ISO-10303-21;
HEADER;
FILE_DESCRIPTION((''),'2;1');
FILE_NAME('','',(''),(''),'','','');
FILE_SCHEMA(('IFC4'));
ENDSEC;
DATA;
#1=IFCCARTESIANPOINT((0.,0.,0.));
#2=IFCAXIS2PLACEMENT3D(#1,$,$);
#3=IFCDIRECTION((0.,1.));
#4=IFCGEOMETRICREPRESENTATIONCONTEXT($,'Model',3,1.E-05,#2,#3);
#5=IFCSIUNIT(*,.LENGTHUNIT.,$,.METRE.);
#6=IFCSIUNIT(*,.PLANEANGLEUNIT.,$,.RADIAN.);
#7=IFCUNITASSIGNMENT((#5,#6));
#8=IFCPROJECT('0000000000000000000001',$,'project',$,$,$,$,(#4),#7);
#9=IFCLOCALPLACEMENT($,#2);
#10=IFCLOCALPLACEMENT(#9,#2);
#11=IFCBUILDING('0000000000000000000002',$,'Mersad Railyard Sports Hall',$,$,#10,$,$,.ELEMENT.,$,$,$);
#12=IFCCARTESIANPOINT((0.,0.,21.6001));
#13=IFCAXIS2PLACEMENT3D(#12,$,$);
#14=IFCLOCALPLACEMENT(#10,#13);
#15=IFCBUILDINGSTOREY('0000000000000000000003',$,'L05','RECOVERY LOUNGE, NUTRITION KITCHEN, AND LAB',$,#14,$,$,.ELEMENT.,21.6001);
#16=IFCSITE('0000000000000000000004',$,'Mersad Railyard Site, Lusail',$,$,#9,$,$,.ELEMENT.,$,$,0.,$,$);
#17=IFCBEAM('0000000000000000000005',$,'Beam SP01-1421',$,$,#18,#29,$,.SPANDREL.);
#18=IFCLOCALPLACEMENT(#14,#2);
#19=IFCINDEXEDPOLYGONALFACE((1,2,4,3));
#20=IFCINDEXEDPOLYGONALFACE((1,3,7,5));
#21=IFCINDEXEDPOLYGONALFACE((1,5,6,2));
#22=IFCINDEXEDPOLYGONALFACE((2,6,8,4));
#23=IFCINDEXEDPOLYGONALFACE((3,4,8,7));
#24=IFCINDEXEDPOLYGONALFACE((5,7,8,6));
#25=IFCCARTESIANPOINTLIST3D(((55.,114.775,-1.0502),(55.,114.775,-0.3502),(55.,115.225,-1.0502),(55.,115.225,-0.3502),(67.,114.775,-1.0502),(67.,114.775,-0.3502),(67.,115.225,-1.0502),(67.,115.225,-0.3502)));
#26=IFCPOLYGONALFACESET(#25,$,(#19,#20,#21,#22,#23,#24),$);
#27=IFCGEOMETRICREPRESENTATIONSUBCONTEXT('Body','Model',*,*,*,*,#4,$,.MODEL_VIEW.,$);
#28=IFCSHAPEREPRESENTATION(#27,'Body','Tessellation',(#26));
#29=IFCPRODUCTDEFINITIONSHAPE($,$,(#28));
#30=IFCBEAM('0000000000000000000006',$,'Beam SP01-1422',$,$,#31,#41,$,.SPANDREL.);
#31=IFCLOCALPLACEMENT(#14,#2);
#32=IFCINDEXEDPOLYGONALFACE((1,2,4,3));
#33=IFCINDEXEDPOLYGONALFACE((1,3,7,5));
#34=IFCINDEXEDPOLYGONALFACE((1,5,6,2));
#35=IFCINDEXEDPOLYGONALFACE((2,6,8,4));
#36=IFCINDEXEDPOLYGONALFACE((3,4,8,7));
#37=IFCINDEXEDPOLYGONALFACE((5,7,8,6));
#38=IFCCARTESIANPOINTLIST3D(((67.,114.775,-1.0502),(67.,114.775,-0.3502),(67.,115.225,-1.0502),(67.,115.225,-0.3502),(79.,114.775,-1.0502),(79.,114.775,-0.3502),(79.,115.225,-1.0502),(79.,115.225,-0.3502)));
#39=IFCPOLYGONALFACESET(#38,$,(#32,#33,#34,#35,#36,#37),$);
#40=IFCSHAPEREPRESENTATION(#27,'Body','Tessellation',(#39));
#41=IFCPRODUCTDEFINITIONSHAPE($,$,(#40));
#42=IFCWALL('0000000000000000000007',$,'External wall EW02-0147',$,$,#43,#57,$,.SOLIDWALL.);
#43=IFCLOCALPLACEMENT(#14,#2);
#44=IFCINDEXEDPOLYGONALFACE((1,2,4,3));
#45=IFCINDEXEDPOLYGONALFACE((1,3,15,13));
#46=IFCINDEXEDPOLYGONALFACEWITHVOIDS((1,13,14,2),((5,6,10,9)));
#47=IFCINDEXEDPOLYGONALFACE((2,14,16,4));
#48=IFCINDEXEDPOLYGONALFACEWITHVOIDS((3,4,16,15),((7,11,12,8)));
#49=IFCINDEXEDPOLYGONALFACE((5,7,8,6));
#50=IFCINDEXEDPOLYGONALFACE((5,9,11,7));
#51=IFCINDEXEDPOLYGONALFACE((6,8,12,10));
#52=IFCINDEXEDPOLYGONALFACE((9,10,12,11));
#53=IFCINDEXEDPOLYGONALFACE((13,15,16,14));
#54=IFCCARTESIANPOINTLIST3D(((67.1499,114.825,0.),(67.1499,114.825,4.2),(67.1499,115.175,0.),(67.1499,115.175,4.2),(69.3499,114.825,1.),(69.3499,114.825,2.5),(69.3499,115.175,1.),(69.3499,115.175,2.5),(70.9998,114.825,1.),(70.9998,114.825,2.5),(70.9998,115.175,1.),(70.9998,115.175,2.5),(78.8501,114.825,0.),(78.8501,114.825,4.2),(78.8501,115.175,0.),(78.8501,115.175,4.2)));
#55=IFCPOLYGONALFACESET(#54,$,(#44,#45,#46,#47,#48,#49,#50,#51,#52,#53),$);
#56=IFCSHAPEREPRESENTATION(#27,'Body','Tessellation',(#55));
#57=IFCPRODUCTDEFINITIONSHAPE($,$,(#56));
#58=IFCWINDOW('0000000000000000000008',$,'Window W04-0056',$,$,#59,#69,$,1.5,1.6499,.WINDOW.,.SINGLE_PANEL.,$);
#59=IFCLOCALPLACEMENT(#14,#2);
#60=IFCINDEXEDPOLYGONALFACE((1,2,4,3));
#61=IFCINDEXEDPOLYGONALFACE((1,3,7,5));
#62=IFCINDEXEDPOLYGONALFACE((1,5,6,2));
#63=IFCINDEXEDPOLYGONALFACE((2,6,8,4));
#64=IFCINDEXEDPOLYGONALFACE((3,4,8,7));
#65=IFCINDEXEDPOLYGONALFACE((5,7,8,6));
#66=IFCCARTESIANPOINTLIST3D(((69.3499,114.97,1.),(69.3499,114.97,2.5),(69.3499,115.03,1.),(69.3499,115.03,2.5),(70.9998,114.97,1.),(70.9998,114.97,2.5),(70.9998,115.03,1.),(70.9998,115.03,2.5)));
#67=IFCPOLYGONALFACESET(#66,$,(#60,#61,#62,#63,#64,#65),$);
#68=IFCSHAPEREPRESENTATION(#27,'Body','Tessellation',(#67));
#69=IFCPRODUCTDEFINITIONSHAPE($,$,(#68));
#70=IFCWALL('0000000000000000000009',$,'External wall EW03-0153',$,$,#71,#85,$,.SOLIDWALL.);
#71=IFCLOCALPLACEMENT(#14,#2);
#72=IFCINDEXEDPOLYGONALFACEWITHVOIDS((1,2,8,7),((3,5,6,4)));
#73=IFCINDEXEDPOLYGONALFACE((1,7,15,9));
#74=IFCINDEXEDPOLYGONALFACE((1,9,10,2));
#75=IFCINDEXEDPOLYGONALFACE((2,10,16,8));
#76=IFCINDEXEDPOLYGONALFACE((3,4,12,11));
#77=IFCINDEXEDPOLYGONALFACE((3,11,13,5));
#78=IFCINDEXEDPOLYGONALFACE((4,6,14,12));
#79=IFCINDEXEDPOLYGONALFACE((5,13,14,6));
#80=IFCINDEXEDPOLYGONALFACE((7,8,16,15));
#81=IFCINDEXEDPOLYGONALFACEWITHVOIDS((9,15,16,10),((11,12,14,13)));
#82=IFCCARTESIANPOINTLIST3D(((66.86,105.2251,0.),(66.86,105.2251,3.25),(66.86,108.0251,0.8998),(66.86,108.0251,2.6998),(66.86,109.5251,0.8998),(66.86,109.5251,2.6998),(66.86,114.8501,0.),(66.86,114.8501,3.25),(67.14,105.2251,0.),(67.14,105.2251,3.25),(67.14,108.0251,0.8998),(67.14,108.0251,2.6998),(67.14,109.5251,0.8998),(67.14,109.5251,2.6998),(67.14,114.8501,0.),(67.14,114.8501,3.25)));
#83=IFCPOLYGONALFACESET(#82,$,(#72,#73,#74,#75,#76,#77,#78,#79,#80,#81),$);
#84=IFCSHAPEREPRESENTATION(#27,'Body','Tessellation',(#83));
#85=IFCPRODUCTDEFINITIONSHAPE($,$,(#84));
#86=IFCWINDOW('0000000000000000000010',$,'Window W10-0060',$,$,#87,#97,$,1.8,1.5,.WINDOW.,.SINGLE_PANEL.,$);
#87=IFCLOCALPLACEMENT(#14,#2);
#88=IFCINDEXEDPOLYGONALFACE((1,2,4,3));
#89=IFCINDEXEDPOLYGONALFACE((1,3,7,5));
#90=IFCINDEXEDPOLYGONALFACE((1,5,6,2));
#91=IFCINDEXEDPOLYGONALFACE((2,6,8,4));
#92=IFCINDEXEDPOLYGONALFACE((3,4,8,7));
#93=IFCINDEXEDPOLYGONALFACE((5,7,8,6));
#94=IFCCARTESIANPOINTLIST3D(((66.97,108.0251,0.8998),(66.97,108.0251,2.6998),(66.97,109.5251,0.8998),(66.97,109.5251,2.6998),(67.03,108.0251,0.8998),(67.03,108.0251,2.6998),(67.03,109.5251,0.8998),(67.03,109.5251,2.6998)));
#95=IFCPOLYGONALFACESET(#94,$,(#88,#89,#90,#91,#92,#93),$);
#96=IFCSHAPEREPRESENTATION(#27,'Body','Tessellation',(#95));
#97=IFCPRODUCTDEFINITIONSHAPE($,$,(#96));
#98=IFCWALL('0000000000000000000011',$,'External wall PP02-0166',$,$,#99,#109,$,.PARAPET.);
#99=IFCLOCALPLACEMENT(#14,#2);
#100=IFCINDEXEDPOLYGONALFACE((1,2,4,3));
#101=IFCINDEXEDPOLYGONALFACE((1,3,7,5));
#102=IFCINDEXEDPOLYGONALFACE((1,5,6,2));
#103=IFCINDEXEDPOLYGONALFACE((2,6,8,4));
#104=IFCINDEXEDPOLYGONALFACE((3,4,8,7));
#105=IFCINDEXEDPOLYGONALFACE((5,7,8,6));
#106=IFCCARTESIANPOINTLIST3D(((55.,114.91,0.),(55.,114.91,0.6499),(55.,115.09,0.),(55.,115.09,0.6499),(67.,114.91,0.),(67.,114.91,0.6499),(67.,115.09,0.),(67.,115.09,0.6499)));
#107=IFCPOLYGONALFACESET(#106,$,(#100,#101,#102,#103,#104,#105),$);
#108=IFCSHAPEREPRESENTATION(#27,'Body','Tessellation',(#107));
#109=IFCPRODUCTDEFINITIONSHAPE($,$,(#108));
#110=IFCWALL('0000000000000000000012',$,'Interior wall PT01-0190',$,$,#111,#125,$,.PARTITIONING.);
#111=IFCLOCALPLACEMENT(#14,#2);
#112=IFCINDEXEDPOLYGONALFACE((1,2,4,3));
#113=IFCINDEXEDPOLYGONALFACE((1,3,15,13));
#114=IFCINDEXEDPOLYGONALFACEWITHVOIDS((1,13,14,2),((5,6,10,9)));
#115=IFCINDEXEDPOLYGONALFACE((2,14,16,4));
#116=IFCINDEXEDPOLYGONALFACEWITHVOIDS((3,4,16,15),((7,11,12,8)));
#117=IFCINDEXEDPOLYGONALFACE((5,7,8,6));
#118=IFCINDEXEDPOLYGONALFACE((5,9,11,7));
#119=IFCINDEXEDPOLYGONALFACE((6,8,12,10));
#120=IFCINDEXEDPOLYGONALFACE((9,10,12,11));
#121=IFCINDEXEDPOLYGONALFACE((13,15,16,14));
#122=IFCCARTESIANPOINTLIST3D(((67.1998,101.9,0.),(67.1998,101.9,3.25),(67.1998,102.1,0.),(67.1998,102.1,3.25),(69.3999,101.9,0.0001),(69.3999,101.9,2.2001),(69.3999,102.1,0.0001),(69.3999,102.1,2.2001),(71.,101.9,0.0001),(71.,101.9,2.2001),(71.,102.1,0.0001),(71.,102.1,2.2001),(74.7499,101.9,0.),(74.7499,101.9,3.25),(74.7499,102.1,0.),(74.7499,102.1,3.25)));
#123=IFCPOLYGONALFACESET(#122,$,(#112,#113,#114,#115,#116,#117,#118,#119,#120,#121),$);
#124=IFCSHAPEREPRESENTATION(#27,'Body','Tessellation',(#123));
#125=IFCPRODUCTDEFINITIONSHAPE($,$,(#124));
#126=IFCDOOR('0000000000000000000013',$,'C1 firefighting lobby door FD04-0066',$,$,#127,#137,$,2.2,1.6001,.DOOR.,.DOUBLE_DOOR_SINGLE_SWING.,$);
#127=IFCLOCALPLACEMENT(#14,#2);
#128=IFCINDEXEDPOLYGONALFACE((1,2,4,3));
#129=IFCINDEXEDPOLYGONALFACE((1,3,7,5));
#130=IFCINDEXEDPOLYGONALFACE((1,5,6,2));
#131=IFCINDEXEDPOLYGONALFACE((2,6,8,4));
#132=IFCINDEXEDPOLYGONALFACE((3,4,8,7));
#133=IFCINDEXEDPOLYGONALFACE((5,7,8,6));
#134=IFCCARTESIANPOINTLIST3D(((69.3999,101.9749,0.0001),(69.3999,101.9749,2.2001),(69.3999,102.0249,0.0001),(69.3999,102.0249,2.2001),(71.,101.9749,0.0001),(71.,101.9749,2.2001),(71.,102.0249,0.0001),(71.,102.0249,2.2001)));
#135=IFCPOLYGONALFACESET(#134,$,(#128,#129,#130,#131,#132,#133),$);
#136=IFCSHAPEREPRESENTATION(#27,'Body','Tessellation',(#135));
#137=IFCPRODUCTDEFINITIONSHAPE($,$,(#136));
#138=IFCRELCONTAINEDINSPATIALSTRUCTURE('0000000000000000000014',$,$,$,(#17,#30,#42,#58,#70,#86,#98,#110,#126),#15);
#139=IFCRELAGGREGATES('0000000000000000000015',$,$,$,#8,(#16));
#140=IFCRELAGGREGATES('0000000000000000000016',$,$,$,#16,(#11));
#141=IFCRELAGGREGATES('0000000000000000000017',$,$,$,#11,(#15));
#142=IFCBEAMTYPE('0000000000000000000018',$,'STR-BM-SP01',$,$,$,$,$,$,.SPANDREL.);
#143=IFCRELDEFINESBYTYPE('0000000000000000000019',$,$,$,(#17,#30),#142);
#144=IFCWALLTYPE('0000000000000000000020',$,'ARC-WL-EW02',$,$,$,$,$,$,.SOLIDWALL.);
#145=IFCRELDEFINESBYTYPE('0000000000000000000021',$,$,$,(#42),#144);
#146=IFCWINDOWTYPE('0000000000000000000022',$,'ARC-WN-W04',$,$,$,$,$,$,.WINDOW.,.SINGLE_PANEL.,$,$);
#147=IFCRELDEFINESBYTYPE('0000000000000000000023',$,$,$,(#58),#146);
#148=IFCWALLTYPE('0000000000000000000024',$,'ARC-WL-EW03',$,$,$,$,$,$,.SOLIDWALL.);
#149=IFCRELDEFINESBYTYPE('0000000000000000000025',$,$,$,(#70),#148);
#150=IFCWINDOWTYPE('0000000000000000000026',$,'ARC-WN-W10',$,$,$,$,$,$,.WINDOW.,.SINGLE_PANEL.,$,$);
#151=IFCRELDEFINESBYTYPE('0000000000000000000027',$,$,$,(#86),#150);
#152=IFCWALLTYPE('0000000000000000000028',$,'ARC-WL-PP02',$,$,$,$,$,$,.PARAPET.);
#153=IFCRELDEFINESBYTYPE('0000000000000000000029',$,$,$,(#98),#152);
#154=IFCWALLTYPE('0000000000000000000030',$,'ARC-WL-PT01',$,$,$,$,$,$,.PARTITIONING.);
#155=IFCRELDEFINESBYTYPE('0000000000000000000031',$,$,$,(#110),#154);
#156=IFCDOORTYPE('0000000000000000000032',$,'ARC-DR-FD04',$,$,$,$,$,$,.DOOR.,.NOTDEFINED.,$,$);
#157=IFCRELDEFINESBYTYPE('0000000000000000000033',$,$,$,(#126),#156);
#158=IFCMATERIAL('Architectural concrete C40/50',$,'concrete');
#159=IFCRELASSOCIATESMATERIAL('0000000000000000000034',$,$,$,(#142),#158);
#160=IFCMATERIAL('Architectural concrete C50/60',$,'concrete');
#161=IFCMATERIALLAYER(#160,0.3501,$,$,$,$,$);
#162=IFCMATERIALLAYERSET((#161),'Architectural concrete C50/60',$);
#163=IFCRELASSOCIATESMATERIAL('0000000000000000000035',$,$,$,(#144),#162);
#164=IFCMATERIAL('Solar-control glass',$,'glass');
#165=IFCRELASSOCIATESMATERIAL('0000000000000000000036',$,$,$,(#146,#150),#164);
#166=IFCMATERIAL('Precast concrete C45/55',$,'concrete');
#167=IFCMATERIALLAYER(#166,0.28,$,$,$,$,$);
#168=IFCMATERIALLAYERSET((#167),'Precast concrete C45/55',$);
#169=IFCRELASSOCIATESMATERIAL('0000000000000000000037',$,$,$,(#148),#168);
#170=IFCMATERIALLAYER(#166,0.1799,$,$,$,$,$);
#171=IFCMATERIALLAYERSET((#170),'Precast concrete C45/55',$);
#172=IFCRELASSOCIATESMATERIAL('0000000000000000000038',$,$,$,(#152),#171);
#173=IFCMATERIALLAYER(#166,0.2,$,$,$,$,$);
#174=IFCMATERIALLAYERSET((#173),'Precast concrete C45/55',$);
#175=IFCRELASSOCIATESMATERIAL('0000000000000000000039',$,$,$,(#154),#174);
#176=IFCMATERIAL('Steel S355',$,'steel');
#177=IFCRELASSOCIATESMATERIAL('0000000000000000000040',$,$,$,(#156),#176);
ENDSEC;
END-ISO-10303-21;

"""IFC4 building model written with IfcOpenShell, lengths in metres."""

from ifc_helpers import new_model, si_unit, direction, frame, frame_2d, origin, origin_2d, place, context, subcontext, project, spatial, rectangle, extrude, material, layer, layer_set, material_profile, profile_set, type_object, element, fill, save


model = new_model("IFC4")

# Units and contexts
model_context = context("Model", 3, precision=1e-05, world=origin(), true_north=direction((0.0, 1.0)))
body_context = subcontext(model_context, "Body", "Model", "MODEL_VIEW")
ifc_project = project(units=[si_unit("LENGTHUNIT", "METRE"), si_unit("PLANEANGLEUNIT", "RADIAN")], contexts=[model_context])

# Site, building, storey
site_placement = place(None, origin())
site = spatial("IfcSite", under=ifc_project, at=site_placement, Name="Mersad Railyard Site, Lusail", CompositionType="ELEMENT", RefElevation=0.0)
building_placement = place(site_placement, origin())
building = spatial("IfcBuilding", under=site, at=building_placement, Name="Mersad Railyard Sports Hall", CompositionType="ELEMENT")
storey_placement = place(building_placement, frame((0.0, 0.0, 21.6001)))
storey = spatial("IfcBuildingStorey", under=building, at=storey_placement, Name="L05", Description="RECOVERY LOUNGE, NUTRITION KITCHEN, AND LAB", CompositionType="ELEMENT", Elevation=21.6001)

# Shared definitions
ifc_material_1 = material(Name="Steel S355", Category="steel")

# Beams
ifc_material_2 = material(Name="Architectural concrete C40/50", Category="concrete")
ifc_material_profile_1 = material_profile(ifc_material_2, rectangle(XDim=0.45, YDim=0.7, at=origin_2d()), Name="RC 450x700")
ifc_profile_set_1 = profile_set([ifc_material_profile_1], Name="Architectural concrete C40/50")
beam_type_1 = type_object("IfcBeamType", Name="STR-BM-SP01", PredefinedType="SPANDREL", material=ifc_profile_set_1)
for number, where, z_axis, x_axis, name in (
    (1, (55.0, 115.0, -0.7002), (1.0, 0.0, 0.0), (0.0, 1.0, 0.0), "Beam SP01-1421"),
    (2, (67.0, 115.0, -0.7002), (1.0, 0.0, 0.0), (0.0, 1.0, 0.0), "Beam SP01-1422"),
):
    element("IfcBeam", number, at=place(storey_placement, frame(where, z_axis=z_axis, x_axis=x_axis)), inside=storey, type_object=beam_type_1, Name=name, PredefinedType="SPANDREL", context=body_context, shape_type="SweptSolid", body=[
        extrude(rectangle(XDim=0.45, YDim=0.7, at=origin_2d()), origin(), (0.0, 0.0, 1.0), 12.0),
    ])

# Walls, openings, windows
ifc_material_3 = material(Name="Architectural concrete C50/60", Category="concrete")
ifc_layer_1 = layer(ifc_material_3, 0.3501)
ifc_layer_set_1 = layer_set([ifc_layer_1], Name="Architectural concrete C50/60")
wall_type_1 = type_object("IfcWallType", Name="ARC-WL-EW02", PredefinedType="SOLIDWALL", material=ifc_layer_set_1)
wall_1_placement = place(storey_placement, frame((67.1499, 115.0, 0.0), z_axis=(0.0, 0.0, 1.0), x_axis=(1.0, 0.0, 0.0)))
wall_1 = element("IfcWall", 3, at=wall_1_placement, inside=storey, type_object=wall_type_1, Name="External wall EW02-0147", PredefinedType="SOLIDWALL", context=body_context, shape_type="SweptSolid", body=[
    extrude(rectangle(XDim=11.7002, YDim=0.3501, at=frame_2d((5.8501, 0.0))), origin(), (0.0, 0.0, 1.0), 4.2),
])
opening_1_placement = place(wall_1_placement, frame((2.2, 0.0, 1.0)))
opening_1 = element("IfcOpeningElement", 4, at=opening_1_placement, cuts=wall_1, PredefinedType="OPENING", context=body_context, shape_type="SweptSolid", body=[
    extrude(rectangle(XDim=1.6499, YDim=1.5, at=frame_2d((0.825, 0.75))), frame((0.0, 0.1851, 0.0), z_axis=(0.0, -1.0, 0.0), x_axis=(1.0, 0.0, 0.0)), (0.0, 0.0, 1.0), 0.3701),
])
ifc_material_4 = material(Name="Solar-control glass", Category="glass")
window_type_1 = type_object("IfcWindowType", Name="ARC-WN-W04", PartitioningType="SINGLE_PANEL", PredefinedType="WINDOW", material=ifc_material_4)
window_1_placement = place(opening_1_placement, origin())
window_1 = element("IfcWindow", 5, at=window_1_placement, inside=storey, type_object=window_type_1, Name="Window W04-0056", OverallHeight=1.5, OverallWidth=1.6499, PartitioningType="SINGLE_PANEL", PredefinedType="WINDOW", context=body_context, shape_type="SweptSolid", body=[
    extrude(rectangle(XDim=1.6499, YDim=1.5, at=frame_2d((0.825, 0.75))), frame((0.0, 0.03, 0.0), z_axis=(0.0, -1.0, 0.0), x_axis=(1.0, 0.0, 0.0)), (0.0, 0.0, 1.0), 0.0601),
])
fill(opening_1, window_1)
ifc_material_5 = material(Name="Precast concrete C45/55", Category="concrete")
ifc_layer_2 = layer(ifc_material_5, 0.28)
ifc_layer_set_2 = layer_set([ifc_layer_2], Name="Precast concrete C45/55")
wall_type_2 = type_object("IfcWallType", Name="ARC-WL-EW03", PredefinedType="SOLIDWALL", material=ifc_layer_set_2)
wall_2_placement = place(storey_placement, frame((67.0, 105.2251, 0.0), z_axis=(0.0, 0.0, 1.0), x_axis=(0.0, 1.0, 0.0)))
wall_2 = element("IfcWall", 6, at=wall_2_placement, inside=storey, type_object=wall_type_2, Name="External wall EW03-0153", PredefinedType="SOLIDWALL", context=body_context, shape_type="SweptSolid", body=[
    extrude(rectangle(XDim=9.625, YDim=0.28, at=frame_2d((4.8125, 0.0))), origin(), (0.0, 0.0, 1.0), 3.25),
])
opening_2_placement = place(wall_2_placement, frame((2.8, 0.0, 0.8999)))
opening_2 = element("IfcOpeningElement", 7, at=opening_2_placement, cuts=wall_2, PredefinedType="OPENING", context=body_context, shape_type="SweptSolid", body=[
    extrude(rectangle(XDim=1.5, YDim=1.8, at=frame_2d((0.75, 0.8999))), frame((0.0, 0.1499, 0.0), z_axis=(0.0, -1.0, 0.0), x_axis=(1.0, 0.0, 0.0)), (0.0, 0.0, 1.0), 0.3),
])
window_type_2 = type_object("IfcWindowType", Name="ARC-WN-W10", PartitioningType="SINGLE_PANEL", PredefinedType="WINDOW", material=ifc_material_4)
window_2_placement = place(opening_2_placement, origin())
window_2 = element("IfcWindow", 8, at=window_2_placement, inside=storey, type_object=window_type_2, Name="Window W10-0060", OverallHeight=1.8, OverallWidth=1.5, PartitioningType="SINGLE_PANEL", PredefinedType="WINDOW", context=body_context, shape_type="SweptSolid", body=[
    extrude(rectangle(XDim=1.5, YDim=1.8, at=frame_2d((0.75, 0.8999))), frame((0.0, 0.03, 0.0), z_axis=(0.0, -1.0, 0.0), x_axis=(1.0, 0.0, 0.0)), (0.0, 0.0, 1.0), 0.0601),
])
fill(opening_2, window_2)

# Wall
ifc_layer_3 = layer(ifc_material_5, 0.1799)
ifc_layer_set_3 = layer_set([ifc_layer_3], Name="Precast concrete C45/55")
wall_type_3 = type_object("IfcWallType", Name="ARC-WL-PP02", PredefinedType="PARAPET", material=ifc_layer_set_3)
wall_3_placement = place(storey_placement, frame((55.0, 115.0, 0.0), z_axis=(0.0, 0.0, 1.0), x_axis=(1.0, 0.0, 0.0)))
element("IfcWall", 9, at=wall_3_placement, inside=storey, type_object=wall_type_3, Name="External wall PP02-0166", PredefinedType="PARAPET", context=body_context, shape_type="SweptSolid", body=[
    extrude(rectangle(XDim=12.0, YDim=0.1799, at=frame_2d((6.0, 0.0))), origin(), (0.0, 0.0, 1.0), 0.6499),
])

# Wall, opening, door
ifc_layer_4 = layer(ifc_material_5, 0.2)
ifc_layer_set_4 = layer_set([ifc_layer_4], Name="Precast concrete C45/55")
wall_type_4 = type_object("IfcWallType", Name="ARC-WL-PT01", PredefinedType="PARTITIONING", material=ifc_layer_set_4)
wall_4_placement = place(storey_placement, frame((67.2, 102.0, 0.0), z_axis=(0.0, 0.0, 1.0), x_axis=(1.0, 0.0, 0.0)))
wall_4 = element("IfcWall", 10, at=wall_4_placement, inside=storey, type_object=wall_type_4, Name="Interior wall PT01-0190", PredefinedType="PARTITIONING", context=body_context, shape_type="SweptSolid", body=[
    extrude(rectangle(XDim=7.55, YDim=0.2, at=frame_2d((3.7749, 0.0))), origin(), (0.0, 0.0, 1.0), 3.25),
])
opening_3_placement = place(wall_4_placement, frame((2.2, 0.0, 0.0)))
opening_3 = element("IfcOpeningElement", 11, at=opening_3_placement, cuts=wall_4, PredefinedType="OPENING", context=body_context, shape_type="SweptSolid", body=[
    extrude(rectangle(XDim=1.6001, YDim=2.2, at=frame_2d((0.8, 1.1001))), frame((0.0, 0.1099, 0.0), z_axis=(0.0, -1.0, 0.0), x_axis=(1.0, 0.0, 0.0)), (0.0, 0.0, 1.0), 0.22),
])
door_type_1 = type_object("IfcDoorType", Name="ARC-DR-FD04", OperationType="NOTDEFINED", PredefinedType="DOOR", material=ifc_material_1)
door_1_placement = place(opening_3_placement, origin())
door_1 = element("IfcDoor", 12, at=door_1_placement, inside=storey, type_object=door_type_1, Name="C1 firefighting lobby door FD04-0066", OperationType="DOUBLE_DOOR_SINGLE_SWING", OverallHeight=2.2, OverallWidth=1.6001, PredefinedType="DOOR", context=body_context, shape_type="SweptSolid", body=[
    extrude(rectangle(XDim=1.6001, YDim=2.2, at=frame_2d((0.8, 1.1001))), frame((0.0, 0.0249, 0.0), z_axis=(0.0, -1.0, 0.0), x_axis=(1.0, 0.0, 0.0)), (0.0, 0.0, 1.0), 0.05),
])
fill(opening_3, door_1)

save(model, "model.ifc")
